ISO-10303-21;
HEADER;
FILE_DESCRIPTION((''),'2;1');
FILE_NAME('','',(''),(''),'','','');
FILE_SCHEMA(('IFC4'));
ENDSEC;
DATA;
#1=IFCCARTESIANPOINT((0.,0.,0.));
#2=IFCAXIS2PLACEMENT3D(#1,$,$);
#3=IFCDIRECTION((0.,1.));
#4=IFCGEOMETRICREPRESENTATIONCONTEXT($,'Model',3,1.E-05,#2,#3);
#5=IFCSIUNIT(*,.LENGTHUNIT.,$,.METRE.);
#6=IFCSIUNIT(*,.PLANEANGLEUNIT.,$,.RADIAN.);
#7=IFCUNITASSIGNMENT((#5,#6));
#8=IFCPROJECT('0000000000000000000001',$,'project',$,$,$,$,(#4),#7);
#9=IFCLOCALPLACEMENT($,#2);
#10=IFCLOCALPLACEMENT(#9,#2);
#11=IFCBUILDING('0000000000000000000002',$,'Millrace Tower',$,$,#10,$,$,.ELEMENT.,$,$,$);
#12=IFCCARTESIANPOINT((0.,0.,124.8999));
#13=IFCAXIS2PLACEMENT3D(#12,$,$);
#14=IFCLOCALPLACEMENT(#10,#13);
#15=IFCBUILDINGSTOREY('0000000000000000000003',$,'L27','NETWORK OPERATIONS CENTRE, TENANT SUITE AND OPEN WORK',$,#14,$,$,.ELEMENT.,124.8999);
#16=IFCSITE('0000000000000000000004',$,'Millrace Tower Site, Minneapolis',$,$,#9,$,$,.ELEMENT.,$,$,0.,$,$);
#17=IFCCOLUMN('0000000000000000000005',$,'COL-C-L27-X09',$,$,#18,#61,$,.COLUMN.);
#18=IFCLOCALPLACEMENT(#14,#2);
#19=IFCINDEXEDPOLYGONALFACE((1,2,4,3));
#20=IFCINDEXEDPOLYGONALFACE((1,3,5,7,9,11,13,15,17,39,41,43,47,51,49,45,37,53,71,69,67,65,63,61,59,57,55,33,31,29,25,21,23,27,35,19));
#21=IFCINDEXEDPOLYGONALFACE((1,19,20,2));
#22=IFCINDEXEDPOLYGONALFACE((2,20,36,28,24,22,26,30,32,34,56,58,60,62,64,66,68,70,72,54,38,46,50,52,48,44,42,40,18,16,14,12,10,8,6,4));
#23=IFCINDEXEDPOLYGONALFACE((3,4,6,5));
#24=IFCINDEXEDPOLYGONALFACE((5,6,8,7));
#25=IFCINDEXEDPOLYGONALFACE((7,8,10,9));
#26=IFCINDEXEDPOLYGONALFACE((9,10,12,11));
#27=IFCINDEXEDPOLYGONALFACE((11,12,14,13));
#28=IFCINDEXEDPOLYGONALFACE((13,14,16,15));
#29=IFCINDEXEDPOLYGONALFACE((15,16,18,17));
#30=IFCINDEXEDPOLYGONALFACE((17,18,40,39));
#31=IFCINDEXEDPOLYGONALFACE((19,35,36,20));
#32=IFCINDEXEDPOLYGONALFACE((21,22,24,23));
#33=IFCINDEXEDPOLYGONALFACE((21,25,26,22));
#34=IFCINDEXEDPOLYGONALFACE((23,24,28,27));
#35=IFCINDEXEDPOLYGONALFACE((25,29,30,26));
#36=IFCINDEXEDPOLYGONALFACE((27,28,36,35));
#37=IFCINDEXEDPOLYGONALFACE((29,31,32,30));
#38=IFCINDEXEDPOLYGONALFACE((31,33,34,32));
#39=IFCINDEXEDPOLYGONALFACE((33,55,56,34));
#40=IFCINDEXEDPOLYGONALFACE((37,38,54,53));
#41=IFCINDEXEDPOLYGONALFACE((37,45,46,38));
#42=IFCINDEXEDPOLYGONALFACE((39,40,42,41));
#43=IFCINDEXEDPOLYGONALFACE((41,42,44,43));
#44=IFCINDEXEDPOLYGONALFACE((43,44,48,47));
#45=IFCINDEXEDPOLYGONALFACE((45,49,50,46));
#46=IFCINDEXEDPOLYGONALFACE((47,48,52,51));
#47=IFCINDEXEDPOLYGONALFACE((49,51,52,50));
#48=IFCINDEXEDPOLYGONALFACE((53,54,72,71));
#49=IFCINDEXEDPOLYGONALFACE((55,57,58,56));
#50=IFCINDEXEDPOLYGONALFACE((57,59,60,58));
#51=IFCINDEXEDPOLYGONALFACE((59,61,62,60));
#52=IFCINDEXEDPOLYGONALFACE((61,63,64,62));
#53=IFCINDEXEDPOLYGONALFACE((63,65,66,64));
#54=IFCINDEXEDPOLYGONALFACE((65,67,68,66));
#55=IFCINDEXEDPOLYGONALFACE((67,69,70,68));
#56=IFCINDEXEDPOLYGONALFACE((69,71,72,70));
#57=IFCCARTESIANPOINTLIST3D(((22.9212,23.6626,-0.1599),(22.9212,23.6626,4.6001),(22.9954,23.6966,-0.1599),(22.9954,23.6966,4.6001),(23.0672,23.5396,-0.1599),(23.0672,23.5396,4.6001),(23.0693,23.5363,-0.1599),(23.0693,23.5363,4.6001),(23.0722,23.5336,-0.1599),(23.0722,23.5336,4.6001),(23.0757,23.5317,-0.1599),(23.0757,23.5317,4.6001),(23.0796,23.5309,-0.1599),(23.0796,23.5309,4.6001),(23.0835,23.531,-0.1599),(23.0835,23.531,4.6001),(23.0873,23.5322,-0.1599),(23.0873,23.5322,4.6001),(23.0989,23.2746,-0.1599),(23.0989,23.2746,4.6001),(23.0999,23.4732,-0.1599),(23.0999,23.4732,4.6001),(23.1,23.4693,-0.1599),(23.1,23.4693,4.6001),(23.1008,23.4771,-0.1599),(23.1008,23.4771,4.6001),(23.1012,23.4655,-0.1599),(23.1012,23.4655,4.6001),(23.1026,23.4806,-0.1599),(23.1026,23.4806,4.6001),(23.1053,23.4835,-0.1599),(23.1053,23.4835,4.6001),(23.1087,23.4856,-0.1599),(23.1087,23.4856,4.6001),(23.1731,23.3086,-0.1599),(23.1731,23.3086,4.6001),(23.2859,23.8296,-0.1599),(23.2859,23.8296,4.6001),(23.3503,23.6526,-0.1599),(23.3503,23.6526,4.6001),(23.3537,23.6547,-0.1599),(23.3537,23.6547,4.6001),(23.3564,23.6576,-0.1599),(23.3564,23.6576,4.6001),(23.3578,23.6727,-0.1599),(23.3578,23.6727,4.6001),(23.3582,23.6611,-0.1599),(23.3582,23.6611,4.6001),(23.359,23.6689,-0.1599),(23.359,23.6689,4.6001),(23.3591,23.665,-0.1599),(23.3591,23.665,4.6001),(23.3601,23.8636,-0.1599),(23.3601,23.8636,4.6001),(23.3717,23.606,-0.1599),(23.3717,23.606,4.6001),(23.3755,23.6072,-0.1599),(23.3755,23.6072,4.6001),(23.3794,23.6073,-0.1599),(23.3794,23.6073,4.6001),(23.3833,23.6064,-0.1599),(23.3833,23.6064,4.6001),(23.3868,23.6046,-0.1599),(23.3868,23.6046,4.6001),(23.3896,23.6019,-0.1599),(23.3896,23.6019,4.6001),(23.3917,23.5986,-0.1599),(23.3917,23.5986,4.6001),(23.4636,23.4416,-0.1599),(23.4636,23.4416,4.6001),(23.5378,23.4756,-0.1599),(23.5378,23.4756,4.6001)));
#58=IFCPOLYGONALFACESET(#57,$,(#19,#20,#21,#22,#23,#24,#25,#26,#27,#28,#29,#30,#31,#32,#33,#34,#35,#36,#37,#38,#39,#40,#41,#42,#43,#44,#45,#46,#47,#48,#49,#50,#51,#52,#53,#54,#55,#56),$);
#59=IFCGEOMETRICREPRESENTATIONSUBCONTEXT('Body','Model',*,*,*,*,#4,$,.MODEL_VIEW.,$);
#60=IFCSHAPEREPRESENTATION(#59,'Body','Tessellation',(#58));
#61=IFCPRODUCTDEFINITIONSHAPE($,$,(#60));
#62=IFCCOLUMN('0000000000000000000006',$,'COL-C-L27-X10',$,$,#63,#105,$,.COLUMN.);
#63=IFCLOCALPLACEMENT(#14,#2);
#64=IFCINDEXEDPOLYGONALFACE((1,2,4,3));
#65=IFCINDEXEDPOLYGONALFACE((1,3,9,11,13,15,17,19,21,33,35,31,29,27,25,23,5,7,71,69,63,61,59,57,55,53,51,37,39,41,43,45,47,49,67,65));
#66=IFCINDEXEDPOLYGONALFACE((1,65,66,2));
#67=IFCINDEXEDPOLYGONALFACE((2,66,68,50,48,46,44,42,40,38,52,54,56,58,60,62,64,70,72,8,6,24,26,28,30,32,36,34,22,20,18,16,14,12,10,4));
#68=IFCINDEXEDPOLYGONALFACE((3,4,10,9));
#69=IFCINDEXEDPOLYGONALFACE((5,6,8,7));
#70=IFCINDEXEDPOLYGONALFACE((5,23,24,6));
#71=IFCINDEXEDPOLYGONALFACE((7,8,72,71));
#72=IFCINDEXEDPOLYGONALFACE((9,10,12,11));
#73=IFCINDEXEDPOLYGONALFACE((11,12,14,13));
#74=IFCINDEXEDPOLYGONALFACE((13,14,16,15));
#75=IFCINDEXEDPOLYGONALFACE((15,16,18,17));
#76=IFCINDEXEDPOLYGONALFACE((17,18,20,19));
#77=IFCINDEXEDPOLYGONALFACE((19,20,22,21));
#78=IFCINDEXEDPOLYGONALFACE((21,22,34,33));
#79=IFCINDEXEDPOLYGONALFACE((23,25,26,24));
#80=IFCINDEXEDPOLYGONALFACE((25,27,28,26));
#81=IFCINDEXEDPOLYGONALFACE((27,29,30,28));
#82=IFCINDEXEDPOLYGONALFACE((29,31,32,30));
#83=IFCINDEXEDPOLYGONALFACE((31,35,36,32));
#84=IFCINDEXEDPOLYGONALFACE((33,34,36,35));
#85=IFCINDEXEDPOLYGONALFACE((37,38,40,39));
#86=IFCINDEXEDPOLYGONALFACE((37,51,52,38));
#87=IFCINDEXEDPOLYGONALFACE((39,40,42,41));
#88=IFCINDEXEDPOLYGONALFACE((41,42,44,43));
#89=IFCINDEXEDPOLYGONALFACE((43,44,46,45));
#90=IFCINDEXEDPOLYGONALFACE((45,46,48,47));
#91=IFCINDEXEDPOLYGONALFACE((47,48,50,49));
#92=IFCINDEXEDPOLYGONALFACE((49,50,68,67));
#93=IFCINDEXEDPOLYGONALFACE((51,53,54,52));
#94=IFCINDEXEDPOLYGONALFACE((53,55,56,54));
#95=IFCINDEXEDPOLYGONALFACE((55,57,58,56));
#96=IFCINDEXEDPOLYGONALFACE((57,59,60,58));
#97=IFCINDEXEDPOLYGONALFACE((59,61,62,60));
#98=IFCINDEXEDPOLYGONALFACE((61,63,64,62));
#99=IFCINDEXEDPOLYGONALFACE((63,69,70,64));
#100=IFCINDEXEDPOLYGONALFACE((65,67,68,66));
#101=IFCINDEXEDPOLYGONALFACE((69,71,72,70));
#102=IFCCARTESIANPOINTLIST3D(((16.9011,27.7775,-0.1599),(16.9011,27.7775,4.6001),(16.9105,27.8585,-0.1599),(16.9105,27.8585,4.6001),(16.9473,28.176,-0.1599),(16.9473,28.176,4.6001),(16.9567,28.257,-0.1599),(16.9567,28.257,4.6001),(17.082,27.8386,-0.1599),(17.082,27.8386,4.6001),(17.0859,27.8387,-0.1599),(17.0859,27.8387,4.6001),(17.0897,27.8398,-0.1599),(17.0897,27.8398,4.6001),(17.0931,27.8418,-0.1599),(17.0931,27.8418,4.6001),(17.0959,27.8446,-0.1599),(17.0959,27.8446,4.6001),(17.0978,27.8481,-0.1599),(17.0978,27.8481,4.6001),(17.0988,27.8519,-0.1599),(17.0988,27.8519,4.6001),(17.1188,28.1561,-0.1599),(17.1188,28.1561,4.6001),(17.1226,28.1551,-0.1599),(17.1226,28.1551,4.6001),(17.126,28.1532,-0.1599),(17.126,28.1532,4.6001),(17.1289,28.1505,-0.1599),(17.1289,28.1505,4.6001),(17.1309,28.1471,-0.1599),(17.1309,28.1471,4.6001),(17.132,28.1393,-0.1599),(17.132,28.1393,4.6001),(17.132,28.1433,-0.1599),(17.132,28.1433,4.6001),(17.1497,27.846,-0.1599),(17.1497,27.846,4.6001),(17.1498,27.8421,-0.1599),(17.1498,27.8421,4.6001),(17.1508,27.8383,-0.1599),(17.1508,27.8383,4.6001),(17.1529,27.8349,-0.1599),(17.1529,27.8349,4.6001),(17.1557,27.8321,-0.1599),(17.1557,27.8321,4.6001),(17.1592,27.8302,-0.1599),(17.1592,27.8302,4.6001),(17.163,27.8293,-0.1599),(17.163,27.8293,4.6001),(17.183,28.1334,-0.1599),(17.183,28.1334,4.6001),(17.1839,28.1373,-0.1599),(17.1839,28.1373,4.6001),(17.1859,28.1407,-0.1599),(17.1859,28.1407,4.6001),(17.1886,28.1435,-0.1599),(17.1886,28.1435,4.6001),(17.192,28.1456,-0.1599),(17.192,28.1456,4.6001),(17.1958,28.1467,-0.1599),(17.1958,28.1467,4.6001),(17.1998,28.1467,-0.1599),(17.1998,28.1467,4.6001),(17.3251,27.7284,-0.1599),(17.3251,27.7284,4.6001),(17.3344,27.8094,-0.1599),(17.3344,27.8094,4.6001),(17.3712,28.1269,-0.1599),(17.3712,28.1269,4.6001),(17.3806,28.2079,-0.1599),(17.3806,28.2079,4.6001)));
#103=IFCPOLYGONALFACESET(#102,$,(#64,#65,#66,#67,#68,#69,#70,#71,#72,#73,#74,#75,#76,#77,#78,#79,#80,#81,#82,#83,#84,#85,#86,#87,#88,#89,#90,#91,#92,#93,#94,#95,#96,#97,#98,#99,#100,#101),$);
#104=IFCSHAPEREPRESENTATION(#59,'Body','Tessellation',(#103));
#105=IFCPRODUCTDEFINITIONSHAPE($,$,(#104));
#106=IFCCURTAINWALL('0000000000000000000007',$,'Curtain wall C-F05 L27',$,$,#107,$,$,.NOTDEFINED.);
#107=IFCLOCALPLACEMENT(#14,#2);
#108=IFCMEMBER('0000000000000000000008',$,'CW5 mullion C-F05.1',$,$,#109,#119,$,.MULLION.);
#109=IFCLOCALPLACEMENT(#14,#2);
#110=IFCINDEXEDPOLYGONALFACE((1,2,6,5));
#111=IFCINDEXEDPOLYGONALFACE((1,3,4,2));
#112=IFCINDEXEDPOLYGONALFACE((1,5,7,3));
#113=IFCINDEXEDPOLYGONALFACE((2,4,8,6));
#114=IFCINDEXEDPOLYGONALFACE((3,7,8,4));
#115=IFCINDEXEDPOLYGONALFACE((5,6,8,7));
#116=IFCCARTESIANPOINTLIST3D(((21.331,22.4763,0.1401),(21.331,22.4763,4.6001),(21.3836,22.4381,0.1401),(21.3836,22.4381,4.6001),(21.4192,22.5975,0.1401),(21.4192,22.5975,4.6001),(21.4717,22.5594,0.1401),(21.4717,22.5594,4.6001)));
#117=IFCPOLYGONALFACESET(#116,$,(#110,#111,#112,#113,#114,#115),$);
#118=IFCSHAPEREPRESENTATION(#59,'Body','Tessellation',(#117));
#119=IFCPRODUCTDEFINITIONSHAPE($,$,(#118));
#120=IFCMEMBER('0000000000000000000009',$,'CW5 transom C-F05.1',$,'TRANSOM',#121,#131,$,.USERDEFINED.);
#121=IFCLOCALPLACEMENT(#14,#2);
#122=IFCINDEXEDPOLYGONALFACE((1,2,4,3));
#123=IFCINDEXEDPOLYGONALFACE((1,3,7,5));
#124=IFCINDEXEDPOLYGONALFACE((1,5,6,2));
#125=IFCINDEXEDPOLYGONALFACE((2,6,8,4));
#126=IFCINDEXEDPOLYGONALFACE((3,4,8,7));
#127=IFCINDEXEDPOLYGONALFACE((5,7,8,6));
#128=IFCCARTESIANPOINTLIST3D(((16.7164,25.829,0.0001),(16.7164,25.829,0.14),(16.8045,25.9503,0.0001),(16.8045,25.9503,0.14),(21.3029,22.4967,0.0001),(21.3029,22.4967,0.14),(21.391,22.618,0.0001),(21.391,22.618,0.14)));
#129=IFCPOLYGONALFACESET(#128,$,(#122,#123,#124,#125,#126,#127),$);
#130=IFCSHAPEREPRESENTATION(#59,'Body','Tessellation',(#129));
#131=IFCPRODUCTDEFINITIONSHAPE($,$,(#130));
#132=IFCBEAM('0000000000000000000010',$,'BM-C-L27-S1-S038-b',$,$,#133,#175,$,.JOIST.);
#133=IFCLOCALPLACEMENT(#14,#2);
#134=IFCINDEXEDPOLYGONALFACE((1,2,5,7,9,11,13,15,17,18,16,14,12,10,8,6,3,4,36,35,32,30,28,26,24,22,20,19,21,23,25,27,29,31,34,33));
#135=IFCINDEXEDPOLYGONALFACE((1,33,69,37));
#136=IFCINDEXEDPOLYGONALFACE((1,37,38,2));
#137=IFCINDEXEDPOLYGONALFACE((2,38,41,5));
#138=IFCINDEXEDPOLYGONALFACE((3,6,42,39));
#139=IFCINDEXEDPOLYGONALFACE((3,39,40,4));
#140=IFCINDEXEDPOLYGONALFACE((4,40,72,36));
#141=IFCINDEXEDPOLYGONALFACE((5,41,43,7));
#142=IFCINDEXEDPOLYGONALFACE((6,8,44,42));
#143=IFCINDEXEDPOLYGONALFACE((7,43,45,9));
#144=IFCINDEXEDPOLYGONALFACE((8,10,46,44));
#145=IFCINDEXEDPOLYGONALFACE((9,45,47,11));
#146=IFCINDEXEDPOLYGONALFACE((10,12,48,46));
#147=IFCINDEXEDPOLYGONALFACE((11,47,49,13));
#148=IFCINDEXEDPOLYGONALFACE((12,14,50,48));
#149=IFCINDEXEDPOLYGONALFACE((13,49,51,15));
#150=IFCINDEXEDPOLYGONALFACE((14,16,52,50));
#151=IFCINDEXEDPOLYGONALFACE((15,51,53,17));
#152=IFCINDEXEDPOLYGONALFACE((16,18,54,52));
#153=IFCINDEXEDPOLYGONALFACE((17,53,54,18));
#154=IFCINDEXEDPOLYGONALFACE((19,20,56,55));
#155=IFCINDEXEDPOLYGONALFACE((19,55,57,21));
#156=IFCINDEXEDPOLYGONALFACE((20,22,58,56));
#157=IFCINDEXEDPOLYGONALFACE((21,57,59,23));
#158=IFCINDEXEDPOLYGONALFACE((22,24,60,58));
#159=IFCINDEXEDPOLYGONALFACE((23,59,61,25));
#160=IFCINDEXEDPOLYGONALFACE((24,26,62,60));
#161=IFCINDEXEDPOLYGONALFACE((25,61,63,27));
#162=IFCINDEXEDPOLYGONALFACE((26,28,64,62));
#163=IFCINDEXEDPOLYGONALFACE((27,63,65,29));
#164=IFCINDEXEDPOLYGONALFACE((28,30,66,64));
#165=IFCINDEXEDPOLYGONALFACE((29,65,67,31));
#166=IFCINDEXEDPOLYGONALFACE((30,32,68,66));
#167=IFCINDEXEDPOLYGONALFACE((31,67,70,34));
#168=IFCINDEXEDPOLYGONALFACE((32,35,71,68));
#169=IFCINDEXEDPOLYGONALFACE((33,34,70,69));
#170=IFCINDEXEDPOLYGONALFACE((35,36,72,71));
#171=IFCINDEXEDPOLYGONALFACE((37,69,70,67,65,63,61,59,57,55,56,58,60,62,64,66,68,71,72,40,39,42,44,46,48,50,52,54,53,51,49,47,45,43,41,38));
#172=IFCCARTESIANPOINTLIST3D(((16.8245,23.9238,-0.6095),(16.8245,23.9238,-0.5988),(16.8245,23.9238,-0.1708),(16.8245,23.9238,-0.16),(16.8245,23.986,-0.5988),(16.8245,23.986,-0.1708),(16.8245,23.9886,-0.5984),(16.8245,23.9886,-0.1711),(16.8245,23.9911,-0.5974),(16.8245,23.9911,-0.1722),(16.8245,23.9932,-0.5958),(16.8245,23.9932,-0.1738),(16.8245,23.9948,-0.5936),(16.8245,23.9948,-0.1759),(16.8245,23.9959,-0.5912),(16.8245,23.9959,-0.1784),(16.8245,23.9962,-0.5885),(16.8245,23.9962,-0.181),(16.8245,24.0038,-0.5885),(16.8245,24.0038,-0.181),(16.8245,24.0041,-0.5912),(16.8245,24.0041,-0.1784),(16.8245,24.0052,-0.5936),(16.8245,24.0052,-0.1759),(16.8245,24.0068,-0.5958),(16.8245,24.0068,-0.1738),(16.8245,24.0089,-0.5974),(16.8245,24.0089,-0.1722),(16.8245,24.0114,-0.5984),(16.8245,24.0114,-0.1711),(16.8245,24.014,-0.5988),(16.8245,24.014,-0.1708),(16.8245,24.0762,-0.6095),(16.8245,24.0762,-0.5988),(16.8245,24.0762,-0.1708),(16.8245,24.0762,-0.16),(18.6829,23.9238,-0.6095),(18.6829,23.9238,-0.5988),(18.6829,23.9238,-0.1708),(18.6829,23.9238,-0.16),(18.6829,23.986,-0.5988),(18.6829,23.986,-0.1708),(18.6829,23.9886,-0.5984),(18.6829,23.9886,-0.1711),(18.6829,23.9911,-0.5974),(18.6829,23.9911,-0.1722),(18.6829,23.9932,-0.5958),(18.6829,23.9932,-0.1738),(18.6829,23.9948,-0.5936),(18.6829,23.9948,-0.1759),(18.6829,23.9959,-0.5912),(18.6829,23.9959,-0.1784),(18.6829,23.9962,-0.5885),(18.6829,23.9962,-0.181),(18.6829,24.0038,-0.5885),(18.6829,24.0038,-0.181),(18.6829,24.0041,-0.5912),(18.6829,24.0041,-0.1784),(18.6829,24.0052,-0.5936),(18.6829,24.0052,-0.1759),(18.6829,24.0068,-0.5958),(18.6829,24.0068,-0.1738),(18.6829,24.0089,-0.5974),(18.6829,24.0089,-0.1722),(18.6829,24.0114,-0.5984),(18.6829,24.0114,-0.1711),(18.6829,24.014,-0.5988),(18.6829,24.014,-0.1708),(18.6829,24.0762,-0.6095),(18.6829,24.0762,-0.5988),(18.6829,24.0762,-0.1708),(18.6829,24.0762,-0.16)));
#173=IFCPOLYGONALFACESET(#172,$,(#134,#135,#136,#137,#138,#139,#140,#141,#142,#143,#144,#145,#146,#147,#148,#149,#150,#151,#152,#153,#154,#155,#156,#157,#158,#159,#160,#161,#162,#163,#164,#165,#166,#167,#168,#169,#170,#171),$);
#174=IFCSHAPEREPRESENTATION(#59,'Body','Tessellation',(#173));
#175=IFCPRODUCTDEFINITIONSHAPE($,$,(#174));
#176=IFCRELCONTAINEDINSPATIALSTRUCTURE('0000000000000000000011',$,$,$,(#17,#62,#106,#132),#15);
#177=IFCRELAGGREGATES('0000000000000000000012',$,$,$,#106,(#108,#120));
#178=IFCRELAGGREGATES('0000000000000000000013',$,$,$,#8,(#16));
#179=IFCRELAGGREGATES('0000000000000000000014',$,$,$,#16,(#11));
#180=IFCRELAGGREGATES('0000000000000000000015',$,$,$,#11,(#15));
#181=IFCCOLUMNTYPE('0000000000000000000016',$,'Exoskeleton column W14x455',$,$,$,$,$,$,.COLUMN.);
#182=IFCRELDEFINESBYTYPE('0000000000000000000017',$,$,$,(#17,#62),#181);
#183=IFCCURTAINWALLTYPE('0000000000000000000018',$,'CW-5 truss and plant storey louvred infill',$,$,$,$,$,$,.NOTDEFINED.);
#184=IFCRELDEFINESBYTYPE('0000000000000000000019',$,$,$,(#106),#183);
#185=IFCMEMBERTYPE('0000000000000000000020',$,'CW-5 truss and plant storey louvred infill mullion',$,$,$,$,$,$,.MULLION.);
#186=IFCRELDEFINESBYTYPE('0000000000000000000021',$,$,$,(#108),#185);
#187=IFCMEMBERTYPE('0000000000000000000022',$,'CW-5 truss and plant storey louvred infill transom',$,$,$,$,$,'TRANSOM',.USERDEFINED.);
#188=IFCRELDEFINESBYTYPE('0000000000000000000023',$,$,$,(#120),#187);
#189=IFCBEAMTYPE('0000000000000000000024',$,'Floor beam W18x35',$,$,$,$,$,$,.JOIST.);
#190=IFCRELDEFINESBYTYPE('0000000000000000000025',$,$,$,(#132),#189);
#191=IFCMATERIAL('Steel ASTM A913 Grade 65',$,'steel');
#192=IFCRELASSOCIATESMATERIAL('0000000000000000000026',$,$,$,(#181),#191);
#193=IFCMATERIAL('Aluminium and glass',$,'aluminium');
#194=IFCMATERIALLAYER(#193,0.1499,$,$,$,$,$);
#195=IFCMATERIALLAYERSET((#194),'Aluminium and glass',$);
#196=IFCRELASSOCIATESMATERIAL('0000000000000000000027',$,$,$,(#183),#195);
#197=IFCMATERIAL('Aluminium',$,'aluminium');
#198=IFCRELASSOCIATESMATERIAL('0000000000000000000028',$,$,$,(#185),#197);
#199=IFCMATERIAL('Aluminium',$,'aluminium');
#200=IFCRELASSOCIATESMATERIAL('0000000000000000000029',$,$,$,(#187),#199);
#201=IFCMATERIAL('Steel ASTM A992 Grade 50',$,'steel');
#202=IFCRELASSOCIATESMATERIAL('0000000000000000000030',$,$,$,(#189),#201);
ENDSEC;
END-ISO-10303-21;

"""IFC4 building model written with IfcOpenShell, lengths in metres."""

from ifc_helpers import new_model, si_unit, direction, frame, origin, origin_2d, place, context, subcontext, project, spatial, rectangle, i_section, extrude, material, layer, layer_set, material_profile, profile_set, type_object, element, aggregate, save


model = new_model("IFC4")

# Units and contexts
model_context = context("Model", 3, precision=1e-05, world=origin(), true_north=direction((0.0, 1.0)))
body_context = subcontext(model_context, "Body", "Model", "MODEL_VIEW")
ifc_project = project(units=[si_unit("LENGTHUNIT", "METRE"), si_unit("PLANEANGLEUNIT", "RADIAN")], contexts=[model_context])

# Site, building, storey
site_placement = place(None, origin())
site = spatial("IfcSite", under=ifc_project, at=site_placement, Name="Millrace Tower Site, Minneapolis", CompositionType="ELEMENT", RefElevation=0.0)
building_placement = place(site_placement, origin())
building = spatial("IfcBuilding", under=site, at=building_placement, Name="Millrace Tower", CompositionType="ELEMENT")
storey_placement = place(building_placement, frame((0.0, 0.0, 124.8999)))
storey = spatial("IfcBuildingStorey", under=building, at=storey_placement, Name="L27", Description="NETWORK OPERATIONS CENTRE, TENANT SUITE AND OPEN WORK", CompositionType="ELEMENT", Elevation=124.8999)

# Columns
ifc_material_1 = material(Name="Steel ASTM A913 Grade 65", Category="steel")
ifc_material_profile_1 = material_profile(ifc_material_1, i_section(OverallWidth=0.4268, OverallDepth=0.4827, WebThickness=0.0513, FlangeThickness=0.0815, FilletRadius=0.0151, at=origin_2d()))
ifc_profile_set_1 = profile_set([ifc_material_profile_1], Name="Steel ASTM A913 Grade 65")
column_type = type_object("IfcColumnType", Name="Exoskeleton column W14x455", PredefinedType="COLUMN", material=ifc_profile_set_1)
for number, where, z_axis, x_axis, name in (
    (1, (23.2295, 23.5691, -0.1599), (0.0, 0.0, 1.0), (-0.416401, 0.909181, 0.0), "COL-C-L27-X09"),
    (2, (17.1409, 27.9927, -0.1599), (0.0, 0.0, 1.0), (-0.993358, 0.115069, 0.0), "COL-C-L27-X10"),
):
    element("IfcColumn", number, at=place(storey_placement, frame(where, z_axis=z_axis, x_axis=x_axis)), inside=storey, type_object=column_type, Name=name, PredefinedType="COLUMN", context=body_context, shape_type="SweptSolid", body=[
        extrude(i_section(OverallWidth=0.4268, OverallDepth=0.4827, WebThickness=0.0513, FlangeThickness=0.0815, FilletRadius=0.0151, at=origin_2d()), origin(), (0.0, 0.0, 1.0), 4.76),
    ])

# Curtain wall, members
ifc_material_2 = material(Name="Aluminium and glass", Category="aluminium")
ifc_layer_1 = layer(ifc_material_2, 0.1499)
ifc_layer_set_1 = layer_set([ifc_layer_1], Name="Aluminium and glass")
curtain_wall_type = type_object("IfcCurtainWallType", Name="CW-5 truss and plant storey louvred infill", PredefinedType="NOTDEFINED", material=ifc_layer_set_1)
curtain_wall_placement = place(storey_placement, origin())
curtain_wall = element("IfcCurtainWall", 3, at=curtain_wall_placement, inside=storey, type_object=curtain_wall_type, Name="Curtain wall C-F05 L27", PredefinedType="NOTDEFINED")
ifc_material_3 = material(Name="Aluminium", Category="aluminium")
ifc_material_profile_2 = material_profile(ifc_material_3, rectangle(XDim=0.0649, YDim=0.1499, at=origin_2d()))
ifc_profile_set_2 = profile_set([ifc_material_profile_2], Name="Aluminium")
member_type_1 = type_object("IfcMemberType", Name="CW-5 truss and plant storey louvred infill mullion", PredefinedType="MULLION", material=ifc_profile_set_2)
member_1_placement = place(storey_placement, frame((21.4014, 22.5178, 0.1401), z_axis=(0.0, 0.0, 1.0), x_axis=(-0.809017, 0.587785, 0.0)))
member_1 = element("IfcMember", 4, at=member_1_placement, type_object=member_type_1, Name="CW5 mullion C-F05.1", PredefinedType="MULLION", context=body_context, shape_type="SweptSolid", body=[
    extrude(rectangle(XDim=0.0649, YDim=0.1499, at=origin_2d()), origin(), (0.0, 0.0, 1.0), 4.46),
])
ifc_material_4 = material(Name="Aluminium", Category="aluminium")
ifc_material_profile_3 = material_profile(ifc_material_4, rectangle(XDim=0.1499, YDim=0.1399, at=origin_2d()))
ifc_profile_set_3 = profile_set([ifc_material_profile_3], Name="Aluminium")
member_type_2 = type_object("IfcMemberType", Name="CW-5 truss and plant storey louvred infill transom", ElementType="TRANSOM", PredefinedType="USERDEFINED", material=ifc_profile_set_3)
member_2_placement = place(storey_placement, frame((21.3469, 22.5574, 0.0701), z_axis=(-0.809013, 0.58779, 0.0), x_axis=(-0.58779, -0.809013, 0.0)))
member_2 = element("IfcMember", 5, at=member_2_placement, type_object=member_type_2, Name="CW5 transom C-F05.1", ObjectType="TRANSOM", PredefinedType="USERDEFINED", context=body_context, shape_type="SweptSolid", body=[
    extrude(rectangle(XDim=0.1499, YDim=0.1399, at=origin_2d()), origin(), (0.0, 0.0, 1.0), 5.6692),
])
aggregate(curtain_wall, [member_1, member_2])

# Beam
ifc_material_5 = material(Name="Steel ASTM A992 Grade 50", Category="steel")
ifc_material_profile_4 = material_profile(ifc_material_5, i_section(OverallWidth=0.1523, OverallDepth=0.4495, WebThickness=0.0076, FlangeThickness=0.0107, FilletRadius=0.0103, at=origin_2d()))
ifc_profile_set_4 = profile_set([ifc_material_profile_4], Name="Steel ASTM A992 Grade 50")
beam_type_1 = type_object("IfcBeamType", Name="Floor beam W18x35", PredefinedType="JOIST", material=ifc_profile_set_4)
beam_1_placement = place(storey_placement, frame((16.8245, 24.0, -0.3848), z_axis=(1.0, 0.0, 0.0), x_axis=(0.0, 1.0, 0.0)))
element("IfcBeam", 6, at=beam_1_placement, inside=storey, type_object=beam_type_1, Name="BM-C-L27-S1-S038-b", PredefinedType="JOIST", context=body_context, shape_type="SweptSolid", body=[
    extrude(i_section(OverallWidth=0.1523, OverallDepth=0.4495, WebThickness=0.0076, FlangeThickness=0.0107, FilletRadius=0.0103, at=origin_2d()), origin(), (0.0, 0.0, 1.0), 1.8584),
])

save(model, "model.ifc")
